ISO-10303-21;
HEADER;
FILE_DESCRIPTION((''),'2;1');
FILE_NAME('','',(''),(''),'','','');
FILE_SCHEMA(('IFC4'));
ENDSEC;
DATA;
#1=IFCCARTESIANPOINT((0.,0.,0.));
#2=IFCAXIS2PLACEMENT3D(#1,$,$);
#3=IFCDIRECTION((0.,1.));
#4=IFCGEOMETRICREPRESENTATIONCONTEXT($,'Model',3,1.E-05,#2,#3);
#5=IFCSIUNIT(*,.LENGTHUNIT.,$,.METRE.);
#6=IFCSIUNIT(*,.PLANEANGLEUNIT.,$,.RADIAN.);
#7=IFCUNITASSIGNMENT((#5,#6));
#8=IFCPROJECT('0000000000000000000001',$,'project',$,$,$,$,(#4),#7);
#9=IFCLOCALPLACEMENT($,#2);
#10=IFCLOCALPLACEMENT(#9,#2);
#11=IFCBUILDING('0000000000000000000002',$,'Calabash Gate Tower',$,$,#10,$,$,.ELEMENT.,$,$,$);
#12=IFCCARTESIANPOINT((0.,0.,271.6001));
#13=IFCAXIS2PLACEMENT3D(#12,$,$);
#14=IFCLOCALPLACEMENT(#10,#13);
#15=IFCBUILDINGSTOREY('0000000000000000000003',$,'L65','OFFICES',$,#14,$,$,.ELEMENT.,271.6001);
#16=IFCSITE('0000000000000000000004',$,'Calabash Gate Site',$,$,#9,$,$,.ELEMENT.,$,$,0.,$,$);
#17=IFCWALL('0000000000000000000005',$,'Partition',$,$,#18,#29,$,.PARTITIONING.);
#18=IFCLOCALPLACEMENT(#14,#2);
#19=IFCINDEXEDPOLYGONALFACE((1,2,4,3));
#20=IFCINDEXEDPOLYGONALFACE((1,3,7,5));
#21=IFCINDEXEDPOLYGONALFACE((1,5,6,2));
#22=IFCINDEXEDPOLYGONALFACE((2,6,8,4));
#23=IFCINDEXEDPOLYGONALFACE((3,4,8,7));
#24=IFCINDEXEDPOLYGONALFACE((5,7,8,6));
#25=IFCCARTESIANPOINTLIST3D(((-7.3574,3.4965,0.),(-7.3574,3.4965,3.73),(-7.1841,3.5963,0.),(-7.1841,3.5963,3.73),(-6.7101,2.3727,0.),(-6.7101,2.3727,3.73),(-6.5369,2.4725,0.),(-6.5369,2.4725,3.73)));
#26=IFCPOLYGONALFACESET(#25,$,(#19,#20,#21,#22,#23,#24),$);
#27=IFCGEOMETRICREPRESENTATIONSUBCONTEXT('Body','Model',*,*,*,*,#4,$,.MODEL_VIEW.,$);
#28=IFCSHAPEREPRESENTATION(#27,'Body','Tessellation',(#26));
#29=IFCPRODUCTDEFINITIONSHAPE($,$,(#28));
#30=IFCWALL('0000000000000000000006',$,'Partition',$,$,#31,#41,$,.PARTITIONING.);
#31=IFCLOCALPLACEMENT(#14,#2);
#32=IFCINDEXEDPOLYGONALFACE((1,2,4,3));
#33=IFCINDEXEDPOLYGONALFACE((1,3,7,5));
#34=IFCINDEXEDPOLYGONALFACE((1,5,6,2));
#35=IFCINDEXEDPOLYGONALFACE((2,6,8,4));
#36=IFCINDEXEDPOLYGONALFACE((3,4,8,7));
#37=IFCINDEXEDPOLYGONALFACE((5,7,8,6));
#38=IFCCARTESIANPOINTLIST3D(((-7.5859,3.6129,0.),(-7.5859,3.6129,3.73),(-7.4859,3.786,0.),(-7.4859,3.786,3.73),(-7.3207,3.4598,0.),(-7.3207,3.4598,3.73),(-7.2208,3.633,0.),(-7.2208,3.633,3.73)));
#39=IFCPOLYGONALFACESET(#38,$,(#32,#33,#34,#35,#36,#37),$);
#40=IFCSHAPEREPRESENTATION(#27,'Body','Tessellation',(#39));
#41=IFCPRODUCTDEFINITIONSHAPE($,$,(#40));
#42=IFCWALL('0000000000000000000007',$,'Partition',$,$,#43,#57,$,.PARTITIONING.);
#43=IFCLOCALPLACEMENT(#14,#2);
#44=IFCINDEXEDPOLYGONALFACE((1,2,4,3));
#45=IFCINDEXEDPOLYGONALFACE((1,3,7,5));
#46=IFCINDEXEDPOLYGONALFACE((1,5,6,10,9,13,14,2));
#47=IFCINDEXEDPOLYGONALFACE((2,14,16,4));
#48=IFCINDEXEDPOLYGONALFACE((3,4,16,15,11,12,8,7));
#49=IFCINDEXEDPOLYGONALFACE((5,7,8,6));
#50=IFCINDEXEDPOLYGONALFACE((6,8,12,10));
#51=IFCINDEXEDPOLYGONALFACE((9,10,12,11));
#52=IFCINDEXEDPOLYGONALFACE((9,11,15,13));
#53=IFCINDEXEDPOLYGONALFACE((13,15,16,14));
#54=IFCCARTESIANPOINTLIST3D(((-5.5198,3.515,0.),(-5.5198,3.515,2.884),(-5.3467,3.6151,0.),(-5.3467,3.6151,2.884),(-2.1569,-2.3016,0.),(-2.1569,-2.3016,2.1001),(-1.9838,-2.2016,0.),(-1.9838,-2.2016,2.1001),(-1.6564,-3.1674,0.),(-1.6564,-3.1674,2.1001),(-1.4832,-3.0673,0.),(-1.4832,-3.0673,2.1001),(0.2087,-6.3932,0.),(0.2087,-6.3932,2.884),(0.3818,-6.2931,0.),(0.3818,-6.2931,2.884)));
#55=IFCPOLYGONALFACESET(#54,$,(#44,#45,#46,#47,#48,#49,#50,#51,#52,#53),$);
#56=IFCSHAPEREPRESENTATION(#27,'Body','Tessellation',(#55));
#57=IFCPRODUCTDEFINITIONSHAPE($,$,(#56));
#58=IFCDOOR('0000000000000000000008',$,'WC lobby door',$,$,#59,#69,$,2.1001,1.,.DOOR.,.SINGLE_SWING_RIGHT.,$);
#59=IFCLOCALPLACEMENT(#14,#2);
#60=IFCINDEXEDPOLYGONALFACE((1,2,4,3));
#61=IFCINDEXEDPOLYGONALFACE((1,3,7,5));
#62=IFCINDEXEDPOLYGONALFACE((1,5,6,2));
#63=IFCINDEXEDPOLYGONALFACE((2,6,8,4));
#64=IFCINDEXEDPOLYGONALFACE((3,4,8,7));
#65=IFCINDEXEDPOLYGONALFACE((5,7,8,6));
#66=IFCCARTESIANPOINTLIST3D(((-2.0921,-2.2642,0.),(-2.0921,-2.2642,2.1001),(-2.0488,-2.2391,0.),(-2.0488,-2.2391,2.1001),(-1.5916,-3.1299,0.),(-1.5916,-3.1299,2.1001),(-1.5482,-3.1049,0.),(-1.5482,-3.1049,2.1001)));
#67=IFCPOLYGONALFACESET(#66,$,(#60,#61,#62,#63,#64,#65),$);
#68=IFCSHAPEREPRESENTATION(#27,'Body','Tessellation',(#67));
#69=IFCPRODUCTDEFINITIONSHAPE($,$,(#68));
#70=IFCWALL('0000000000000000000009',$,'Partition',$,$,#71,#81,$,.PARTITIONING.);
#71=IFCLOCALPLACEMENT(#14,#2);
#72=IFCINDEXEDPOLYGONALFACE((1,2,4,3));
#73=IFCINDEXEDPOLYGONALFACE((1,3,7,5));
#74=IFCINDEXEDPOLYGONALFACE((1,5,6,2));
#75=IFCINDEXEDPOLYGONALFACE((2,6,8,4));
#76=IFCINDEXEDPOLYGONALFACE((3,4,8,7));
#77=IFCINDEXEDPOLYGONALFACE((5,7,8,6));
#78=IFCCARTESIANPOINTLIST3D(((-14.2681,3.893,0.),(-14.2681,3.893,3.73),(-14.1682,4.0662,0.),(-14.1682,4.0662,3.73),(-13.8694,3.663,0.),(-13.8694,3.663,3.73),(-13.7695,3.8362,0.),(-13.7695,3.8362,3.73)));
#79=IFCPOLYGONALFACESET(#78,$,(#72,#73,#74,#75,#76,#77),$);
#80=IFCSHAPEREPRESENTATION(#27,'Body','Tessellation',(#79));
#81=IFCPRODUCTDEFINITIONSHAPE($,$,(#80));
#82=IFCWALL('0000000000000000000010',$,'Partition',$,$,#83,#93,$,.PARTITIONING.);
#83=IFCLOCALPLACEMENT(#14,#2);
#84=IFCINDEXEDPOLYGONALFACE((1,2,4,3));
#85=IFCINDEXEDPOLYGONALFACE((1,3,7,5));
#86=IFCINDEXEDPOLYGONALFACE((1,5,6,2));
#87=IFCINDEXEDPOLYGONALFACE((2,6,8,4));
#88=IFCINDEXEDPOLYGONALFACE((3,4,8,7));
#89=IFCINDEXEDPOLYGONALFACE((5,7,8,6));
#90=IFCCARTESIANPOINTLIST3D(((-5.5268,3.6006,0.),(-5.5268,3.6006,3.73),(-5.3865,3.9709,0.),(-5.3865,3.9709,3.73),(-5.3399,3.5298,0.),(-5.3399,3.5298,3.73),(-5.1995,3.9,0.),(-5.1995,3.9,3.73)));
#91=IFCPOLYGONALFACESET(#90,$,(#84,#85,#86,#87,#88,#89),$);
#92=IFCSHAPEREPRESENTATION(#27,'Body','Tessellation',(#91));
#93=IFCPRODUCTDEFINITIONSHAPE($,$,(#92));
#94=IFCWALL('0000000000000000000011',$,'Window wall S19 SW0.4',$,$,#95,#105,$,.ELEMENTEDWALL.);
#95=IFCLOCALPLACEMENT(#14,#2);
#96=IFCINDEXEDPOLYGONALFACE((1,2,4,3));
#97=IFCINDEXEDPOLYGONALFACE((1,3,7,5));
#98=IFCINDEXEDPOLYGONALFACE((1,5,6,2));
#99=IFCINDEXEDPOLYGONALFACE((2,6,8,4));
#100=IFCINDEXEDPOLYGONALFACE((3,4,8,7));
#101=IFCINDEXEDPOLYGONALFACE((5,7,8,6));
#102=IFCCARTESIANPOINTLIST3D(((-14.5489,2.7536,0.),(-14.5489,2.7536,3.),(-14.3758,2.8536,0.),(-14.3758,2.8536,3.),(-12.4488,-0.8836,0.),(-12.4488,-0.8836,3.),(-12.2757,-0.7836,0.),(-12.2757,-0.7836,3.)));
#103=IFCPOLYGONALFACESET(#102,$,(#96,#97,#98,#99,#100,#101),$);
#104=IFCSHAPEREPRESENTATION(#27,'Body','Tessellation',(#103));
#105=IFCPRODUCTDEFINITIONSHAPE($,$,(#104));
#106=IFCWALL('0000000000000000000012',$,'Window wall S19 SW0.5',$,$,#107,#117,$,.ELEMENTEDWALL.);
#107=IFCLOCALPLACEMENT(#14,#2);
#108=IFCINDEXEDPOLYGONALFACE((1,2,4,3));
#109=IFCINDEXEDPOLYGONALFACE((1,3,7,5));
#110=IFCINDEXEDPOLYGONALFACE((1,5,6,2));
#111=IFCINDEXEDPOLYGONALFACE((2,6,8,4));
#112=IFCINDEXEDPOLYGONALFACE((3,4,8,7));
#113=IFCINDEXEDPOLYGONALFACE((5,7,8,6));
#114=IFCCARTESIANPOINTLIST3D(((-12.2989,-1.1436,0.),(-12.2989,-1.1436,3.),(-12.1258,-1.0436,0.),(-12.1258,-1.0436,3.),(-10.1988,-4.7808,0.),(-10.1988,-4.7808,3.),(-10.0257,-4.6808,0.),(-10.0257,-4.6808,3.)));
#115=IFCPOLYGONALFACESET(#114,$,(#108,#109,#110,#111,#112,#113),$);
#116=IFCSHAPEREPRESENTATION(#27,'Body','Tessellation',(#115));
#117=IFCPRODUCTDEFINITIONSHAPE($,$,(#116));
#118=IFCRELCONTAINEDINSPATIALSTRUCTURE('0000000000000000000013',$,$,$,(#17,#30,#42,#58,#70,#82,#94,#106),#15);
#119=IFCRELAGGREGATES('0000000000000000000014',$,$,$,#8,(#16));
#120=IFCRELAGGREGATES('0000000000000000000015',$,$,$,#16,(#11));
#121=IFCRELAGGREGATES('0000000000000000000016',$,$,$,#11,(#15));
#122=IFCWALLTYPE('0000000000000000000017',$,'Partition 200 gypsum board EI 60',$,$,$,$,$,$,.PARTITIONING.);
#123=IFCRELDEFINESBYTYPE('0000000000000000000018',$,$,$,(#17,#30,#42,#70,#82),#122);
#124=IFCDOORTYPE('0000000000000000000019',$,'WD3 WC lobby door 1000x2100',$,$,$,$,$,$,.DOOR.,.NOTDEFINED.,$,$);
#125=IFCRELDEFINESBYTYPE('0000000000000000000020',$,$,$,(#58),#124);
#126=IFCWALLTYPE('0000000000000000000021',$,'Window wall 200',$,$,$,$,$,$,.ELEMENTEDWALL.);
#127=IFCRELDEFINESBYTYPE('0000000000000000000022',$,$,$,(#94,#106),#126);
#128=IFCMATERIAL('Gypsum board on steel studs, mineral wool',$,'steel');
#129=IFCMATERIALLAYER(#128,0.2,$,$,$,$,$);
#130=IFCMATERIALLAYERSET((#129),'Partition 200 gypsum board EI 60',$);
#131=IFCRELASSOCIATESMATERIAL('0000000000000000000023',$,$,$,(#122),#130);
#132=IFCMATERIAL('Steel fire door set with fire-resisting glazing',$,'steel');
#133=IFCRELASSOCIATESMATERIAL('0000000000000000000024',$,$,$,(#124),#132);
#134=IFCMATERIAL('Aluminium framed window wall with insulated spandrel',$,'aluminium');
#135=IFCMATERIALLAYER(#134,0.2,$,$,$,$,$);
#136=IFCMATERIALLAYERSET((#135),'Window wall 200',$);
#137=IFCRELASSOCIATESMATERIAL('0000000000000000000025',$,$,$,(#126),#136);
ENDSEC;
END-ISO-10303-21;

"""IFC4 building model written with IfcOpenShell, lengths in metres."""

from ifc_helpers import new_model, si_unit, direction, frame, frame_2d, origin, place, context, subcontext, project, spatial, rectangle, extrude, material, layer, layer_set, type_object, element, fill, save


model = new_model("IFC4")

# Units and contexts
model_context = context("Model", 3, precision=1e-05, world=origin(), true_north=direction((0.0, 1.0)))
body_context = subcontext(model_context, "Body", "Model", "MODEL_VIEW")
ifc_project = project(units=[si_unit("LENGTHUNIT", "METRE"), si_unit("PLANEANGLEUNIT", "RADIAN")], contexts=[model_context])

# Site, building, storey
site_placement = place(None, origin())
site = spatial("IfcSite", under=ifc_project, at=site_placement, Name="Calabash Gate Site", CompositionType="ELEMENT", RefElevation=0.0)
building_placement = place(site_placement, origin())
building = spatial("IfcBuilding", under=site, at=building_placement, Name="Calabash Gate Tower", CompositionType="ELEMENT")
storey_placement = place(building_placement, frame((0.0, 0.0, 271.6001)))
storey = spatial("IfcBuildingStorey", under=building, at=storey_placement, Name="L65", Description="OFFICES", CompositionType="ELEMENT", Elevation=271.6001)

# Shared definitions
ifc_material_1 = material(Name="Gypsum board on steel studs, mineral wool", Category="steel")
ifc_layer_1 = layer(ifc_material_1, 0.2)
ifc_layer_set_1 = layer_set([ifc_layer_1], Name="Partition 200 gypsum board EI 60")
wall_type_1 = type_object("IfcWallType", Name="Partition 200 gypsum board EI 60", PredefinedType="PARTITIONING", material=ifc_layer_set_1)

# Walls
wall_1_placement = place(storey_placement, frame((-7.2708, 3.5464, 0.0), z_axis=(0.0, 0.0, 1.0), x_axis=(0.499076, -0.866558, 0.0)))
element("IfcWall", 1, at=wall_1_placement, inside=storey, type_object=wall_type_1, Name="Partition", PredefinedType="PARTITIONING", context=body_context, shape_type="SweptSolid", body=[
    extrude(rectangle(XDim=1.2969, YDim=0.2, at=frame_2d((0.6484, 0.0))), origin(), (0.0, 0.0, 1.0), 3.73),
])
wall_2_placement = place(storey_placement, frame((-7.5359, 3.6995, 0.0), z_axis=(0.0, 0.0, 1.0), x_axis=(0.866026, -0.499999, 0.0)))
element("IfcWall", 2, at=wall_2_placement, inside=storey, type_object=wall_type_1, Name="Partition", PredefinedType="PARTITIONING", context=body_context, shape_type="SweptSolid", body=[
    extrude(rectangle(XDim=0.3062, YDim=0.2, at=frame_2d((0.1531, 0.0))), origin(), (0.0, 0.0, 1.0), 3.73),
])

# Wall, opening, door
wall_3_placement = place(storey_placement, frame((-5.4333, 3.5652, 0.0), z_axis=(0.0, 0.0, 1.0), x_axis=(0.500525, -0.865722, 0.0)))
wall_3 = element("IfcWall", 3, at=wall_3_placement, inside=storey, type_object=wall_type_1, Name="Partition", PredefinedType="PARTITIONING", context=body_context, shape_type="SweptSolid", body=[
    extrude(rectangle(XDim=11.4451, YDim=0.2, at=frame_2d((5.7227, 0.0))), origin(), (0.0, 0.0, 1.0), 2.884),
])
opening_1_placement = place(wall_3_placement, frame((6.719, 0.0, 0.0)))
opening_1 = element("IfcOpeningElement", 4, at=opening_1_placement, cuts=wall_3, PredefinedType="OPENING", context=body_context, shape_type="SweptSolid", body=[
    extrude(rectangle(XDim=1.0, YDim=2.1001, at=frame_2d((0.5, 1.05))), frame((0.0, 0.1099, 0.0), z_axis=(0.0, -1.0, 0.0), x_axis=(1.0, 0.0, 0.0)), (0.0, 0.0, 1.0), 0.22),
])
ifc_material_2 = material(Name="Steel fire door set with fire-resisting glazing", Category="steel")
door_type_1 = type_object("IfcDoorType", Name="WD3 WC lobby door 1000x2100", OperationType="NOTDEFINED", PredefinedType="DOOR", material=ifc_material_2)
door_1_placement = place(opening_1_placement, origin())
door_1 = element("IfcDoor", 5, at=door_1_placement, inside=storey, type_object=door_type_1, Name="WC lobby door", OperationType="SINGLE_SWING_RIGHT", OverallHeight=2.1001, OverallWidth=1.0, PredefinedType="DOOR", context=body_context, shape_type="SweptSolid", body=[
    extrude(rectangle(XDim=1.0, YDim=2.1001, at=frame_2d((0.5, 1.05))), frame((0.0, 0.0249, 0.0), z_axis=(0.0, -1.0, 0.0), x_axis=(1.0, 0.0, 0.0)), (0.0, 0.0, 1.0), 0.05),
])
fill(opening_1, door_1)

# Walls
wall_4_placement = place(storey_placement, frame((-14.218, 3.9795, 0.0), z_axis=(0.0, 0.0, 1.0), x_axis=(0.866212, -0.499677, 0.0)))
element("IfcWall", 6, at=wall_4_placement, inside=storey, type_object=wall_type_1, Name="Partition", PredefinedType="PARTITIONING", context=body_context, shape_type="SweptSolid", body=[
    extrude(rectangle(XDim=0.4602, YDim=0.2, at=frame_2d((0.23, 0.0))), origin(), (0.0, 0.0, 1.0), 3.73),
])
wall_5_placement = place(storey_placement, frame((-5.4333, 3.5652, 0.0), z_axis=(0.0, 0.0, 1.0), x_axis=(0.354431, 0.935082, 0.0)))
element("IfcWall", 7, at=wall_5_placement, inside=storey, type_object=wall_type_1, Name="Partition", PredefinedType="PARTITIONING", context=body_context, shape_type="SweptSolid", body=[
    extrude(rectangle(XDim=0.396, YDim=0.2, at=frame_2d((0.198, 0.0))), origin(), (0.0, 0.0, 1.0), 3.73),
])
ifc_material_3 = material(Name="Aluminium framed window wall with insulated spandrel", Category="aluminium")
ifc_layer_2 = layer(ifc_material_3, 0.2)
ifc_layer_set_2 = layer_set([ifc_layer_2], Name="Window wall 200")
wall_type_2 = type_object("IfcWallType", Name="Window wall 200", PredefinedType="ELEMENTEDWALL", material=ifc_layer_set_2)
for number, where, z_axis, x_axis, name in (
    (8, (-14.4624, 2.8037, 0.0), (0.0, 0.0, 1.0), (0.500028, -0.866009, 0.0), "Window wall S19 SW0.4"),
    (9, (-12.2124, -1.0935, 0.0), (0.0, 0.0, 1.0), (0.500028, -0.866009, 0.0), "Window wall S19 SW0.5"),
):
    element("IfcWall", number, at=place(storey_placement, frame(where, z_axis=z_axis, x_axis=x_axis)), inside=storey, type_object=wall_type_2, Name=name, PredefinedType="ELEMENTEDWALL", context=body_context, shape_type="SweptSolid", body=[
        extrude(rectangle(XDim=4.2, YDim=0.2, at=frame_2d((2.1001, 0.0))), origin(), (0.0, 0.0, 1.0), 3.0),
    ])

save(model, "model.ifc")
